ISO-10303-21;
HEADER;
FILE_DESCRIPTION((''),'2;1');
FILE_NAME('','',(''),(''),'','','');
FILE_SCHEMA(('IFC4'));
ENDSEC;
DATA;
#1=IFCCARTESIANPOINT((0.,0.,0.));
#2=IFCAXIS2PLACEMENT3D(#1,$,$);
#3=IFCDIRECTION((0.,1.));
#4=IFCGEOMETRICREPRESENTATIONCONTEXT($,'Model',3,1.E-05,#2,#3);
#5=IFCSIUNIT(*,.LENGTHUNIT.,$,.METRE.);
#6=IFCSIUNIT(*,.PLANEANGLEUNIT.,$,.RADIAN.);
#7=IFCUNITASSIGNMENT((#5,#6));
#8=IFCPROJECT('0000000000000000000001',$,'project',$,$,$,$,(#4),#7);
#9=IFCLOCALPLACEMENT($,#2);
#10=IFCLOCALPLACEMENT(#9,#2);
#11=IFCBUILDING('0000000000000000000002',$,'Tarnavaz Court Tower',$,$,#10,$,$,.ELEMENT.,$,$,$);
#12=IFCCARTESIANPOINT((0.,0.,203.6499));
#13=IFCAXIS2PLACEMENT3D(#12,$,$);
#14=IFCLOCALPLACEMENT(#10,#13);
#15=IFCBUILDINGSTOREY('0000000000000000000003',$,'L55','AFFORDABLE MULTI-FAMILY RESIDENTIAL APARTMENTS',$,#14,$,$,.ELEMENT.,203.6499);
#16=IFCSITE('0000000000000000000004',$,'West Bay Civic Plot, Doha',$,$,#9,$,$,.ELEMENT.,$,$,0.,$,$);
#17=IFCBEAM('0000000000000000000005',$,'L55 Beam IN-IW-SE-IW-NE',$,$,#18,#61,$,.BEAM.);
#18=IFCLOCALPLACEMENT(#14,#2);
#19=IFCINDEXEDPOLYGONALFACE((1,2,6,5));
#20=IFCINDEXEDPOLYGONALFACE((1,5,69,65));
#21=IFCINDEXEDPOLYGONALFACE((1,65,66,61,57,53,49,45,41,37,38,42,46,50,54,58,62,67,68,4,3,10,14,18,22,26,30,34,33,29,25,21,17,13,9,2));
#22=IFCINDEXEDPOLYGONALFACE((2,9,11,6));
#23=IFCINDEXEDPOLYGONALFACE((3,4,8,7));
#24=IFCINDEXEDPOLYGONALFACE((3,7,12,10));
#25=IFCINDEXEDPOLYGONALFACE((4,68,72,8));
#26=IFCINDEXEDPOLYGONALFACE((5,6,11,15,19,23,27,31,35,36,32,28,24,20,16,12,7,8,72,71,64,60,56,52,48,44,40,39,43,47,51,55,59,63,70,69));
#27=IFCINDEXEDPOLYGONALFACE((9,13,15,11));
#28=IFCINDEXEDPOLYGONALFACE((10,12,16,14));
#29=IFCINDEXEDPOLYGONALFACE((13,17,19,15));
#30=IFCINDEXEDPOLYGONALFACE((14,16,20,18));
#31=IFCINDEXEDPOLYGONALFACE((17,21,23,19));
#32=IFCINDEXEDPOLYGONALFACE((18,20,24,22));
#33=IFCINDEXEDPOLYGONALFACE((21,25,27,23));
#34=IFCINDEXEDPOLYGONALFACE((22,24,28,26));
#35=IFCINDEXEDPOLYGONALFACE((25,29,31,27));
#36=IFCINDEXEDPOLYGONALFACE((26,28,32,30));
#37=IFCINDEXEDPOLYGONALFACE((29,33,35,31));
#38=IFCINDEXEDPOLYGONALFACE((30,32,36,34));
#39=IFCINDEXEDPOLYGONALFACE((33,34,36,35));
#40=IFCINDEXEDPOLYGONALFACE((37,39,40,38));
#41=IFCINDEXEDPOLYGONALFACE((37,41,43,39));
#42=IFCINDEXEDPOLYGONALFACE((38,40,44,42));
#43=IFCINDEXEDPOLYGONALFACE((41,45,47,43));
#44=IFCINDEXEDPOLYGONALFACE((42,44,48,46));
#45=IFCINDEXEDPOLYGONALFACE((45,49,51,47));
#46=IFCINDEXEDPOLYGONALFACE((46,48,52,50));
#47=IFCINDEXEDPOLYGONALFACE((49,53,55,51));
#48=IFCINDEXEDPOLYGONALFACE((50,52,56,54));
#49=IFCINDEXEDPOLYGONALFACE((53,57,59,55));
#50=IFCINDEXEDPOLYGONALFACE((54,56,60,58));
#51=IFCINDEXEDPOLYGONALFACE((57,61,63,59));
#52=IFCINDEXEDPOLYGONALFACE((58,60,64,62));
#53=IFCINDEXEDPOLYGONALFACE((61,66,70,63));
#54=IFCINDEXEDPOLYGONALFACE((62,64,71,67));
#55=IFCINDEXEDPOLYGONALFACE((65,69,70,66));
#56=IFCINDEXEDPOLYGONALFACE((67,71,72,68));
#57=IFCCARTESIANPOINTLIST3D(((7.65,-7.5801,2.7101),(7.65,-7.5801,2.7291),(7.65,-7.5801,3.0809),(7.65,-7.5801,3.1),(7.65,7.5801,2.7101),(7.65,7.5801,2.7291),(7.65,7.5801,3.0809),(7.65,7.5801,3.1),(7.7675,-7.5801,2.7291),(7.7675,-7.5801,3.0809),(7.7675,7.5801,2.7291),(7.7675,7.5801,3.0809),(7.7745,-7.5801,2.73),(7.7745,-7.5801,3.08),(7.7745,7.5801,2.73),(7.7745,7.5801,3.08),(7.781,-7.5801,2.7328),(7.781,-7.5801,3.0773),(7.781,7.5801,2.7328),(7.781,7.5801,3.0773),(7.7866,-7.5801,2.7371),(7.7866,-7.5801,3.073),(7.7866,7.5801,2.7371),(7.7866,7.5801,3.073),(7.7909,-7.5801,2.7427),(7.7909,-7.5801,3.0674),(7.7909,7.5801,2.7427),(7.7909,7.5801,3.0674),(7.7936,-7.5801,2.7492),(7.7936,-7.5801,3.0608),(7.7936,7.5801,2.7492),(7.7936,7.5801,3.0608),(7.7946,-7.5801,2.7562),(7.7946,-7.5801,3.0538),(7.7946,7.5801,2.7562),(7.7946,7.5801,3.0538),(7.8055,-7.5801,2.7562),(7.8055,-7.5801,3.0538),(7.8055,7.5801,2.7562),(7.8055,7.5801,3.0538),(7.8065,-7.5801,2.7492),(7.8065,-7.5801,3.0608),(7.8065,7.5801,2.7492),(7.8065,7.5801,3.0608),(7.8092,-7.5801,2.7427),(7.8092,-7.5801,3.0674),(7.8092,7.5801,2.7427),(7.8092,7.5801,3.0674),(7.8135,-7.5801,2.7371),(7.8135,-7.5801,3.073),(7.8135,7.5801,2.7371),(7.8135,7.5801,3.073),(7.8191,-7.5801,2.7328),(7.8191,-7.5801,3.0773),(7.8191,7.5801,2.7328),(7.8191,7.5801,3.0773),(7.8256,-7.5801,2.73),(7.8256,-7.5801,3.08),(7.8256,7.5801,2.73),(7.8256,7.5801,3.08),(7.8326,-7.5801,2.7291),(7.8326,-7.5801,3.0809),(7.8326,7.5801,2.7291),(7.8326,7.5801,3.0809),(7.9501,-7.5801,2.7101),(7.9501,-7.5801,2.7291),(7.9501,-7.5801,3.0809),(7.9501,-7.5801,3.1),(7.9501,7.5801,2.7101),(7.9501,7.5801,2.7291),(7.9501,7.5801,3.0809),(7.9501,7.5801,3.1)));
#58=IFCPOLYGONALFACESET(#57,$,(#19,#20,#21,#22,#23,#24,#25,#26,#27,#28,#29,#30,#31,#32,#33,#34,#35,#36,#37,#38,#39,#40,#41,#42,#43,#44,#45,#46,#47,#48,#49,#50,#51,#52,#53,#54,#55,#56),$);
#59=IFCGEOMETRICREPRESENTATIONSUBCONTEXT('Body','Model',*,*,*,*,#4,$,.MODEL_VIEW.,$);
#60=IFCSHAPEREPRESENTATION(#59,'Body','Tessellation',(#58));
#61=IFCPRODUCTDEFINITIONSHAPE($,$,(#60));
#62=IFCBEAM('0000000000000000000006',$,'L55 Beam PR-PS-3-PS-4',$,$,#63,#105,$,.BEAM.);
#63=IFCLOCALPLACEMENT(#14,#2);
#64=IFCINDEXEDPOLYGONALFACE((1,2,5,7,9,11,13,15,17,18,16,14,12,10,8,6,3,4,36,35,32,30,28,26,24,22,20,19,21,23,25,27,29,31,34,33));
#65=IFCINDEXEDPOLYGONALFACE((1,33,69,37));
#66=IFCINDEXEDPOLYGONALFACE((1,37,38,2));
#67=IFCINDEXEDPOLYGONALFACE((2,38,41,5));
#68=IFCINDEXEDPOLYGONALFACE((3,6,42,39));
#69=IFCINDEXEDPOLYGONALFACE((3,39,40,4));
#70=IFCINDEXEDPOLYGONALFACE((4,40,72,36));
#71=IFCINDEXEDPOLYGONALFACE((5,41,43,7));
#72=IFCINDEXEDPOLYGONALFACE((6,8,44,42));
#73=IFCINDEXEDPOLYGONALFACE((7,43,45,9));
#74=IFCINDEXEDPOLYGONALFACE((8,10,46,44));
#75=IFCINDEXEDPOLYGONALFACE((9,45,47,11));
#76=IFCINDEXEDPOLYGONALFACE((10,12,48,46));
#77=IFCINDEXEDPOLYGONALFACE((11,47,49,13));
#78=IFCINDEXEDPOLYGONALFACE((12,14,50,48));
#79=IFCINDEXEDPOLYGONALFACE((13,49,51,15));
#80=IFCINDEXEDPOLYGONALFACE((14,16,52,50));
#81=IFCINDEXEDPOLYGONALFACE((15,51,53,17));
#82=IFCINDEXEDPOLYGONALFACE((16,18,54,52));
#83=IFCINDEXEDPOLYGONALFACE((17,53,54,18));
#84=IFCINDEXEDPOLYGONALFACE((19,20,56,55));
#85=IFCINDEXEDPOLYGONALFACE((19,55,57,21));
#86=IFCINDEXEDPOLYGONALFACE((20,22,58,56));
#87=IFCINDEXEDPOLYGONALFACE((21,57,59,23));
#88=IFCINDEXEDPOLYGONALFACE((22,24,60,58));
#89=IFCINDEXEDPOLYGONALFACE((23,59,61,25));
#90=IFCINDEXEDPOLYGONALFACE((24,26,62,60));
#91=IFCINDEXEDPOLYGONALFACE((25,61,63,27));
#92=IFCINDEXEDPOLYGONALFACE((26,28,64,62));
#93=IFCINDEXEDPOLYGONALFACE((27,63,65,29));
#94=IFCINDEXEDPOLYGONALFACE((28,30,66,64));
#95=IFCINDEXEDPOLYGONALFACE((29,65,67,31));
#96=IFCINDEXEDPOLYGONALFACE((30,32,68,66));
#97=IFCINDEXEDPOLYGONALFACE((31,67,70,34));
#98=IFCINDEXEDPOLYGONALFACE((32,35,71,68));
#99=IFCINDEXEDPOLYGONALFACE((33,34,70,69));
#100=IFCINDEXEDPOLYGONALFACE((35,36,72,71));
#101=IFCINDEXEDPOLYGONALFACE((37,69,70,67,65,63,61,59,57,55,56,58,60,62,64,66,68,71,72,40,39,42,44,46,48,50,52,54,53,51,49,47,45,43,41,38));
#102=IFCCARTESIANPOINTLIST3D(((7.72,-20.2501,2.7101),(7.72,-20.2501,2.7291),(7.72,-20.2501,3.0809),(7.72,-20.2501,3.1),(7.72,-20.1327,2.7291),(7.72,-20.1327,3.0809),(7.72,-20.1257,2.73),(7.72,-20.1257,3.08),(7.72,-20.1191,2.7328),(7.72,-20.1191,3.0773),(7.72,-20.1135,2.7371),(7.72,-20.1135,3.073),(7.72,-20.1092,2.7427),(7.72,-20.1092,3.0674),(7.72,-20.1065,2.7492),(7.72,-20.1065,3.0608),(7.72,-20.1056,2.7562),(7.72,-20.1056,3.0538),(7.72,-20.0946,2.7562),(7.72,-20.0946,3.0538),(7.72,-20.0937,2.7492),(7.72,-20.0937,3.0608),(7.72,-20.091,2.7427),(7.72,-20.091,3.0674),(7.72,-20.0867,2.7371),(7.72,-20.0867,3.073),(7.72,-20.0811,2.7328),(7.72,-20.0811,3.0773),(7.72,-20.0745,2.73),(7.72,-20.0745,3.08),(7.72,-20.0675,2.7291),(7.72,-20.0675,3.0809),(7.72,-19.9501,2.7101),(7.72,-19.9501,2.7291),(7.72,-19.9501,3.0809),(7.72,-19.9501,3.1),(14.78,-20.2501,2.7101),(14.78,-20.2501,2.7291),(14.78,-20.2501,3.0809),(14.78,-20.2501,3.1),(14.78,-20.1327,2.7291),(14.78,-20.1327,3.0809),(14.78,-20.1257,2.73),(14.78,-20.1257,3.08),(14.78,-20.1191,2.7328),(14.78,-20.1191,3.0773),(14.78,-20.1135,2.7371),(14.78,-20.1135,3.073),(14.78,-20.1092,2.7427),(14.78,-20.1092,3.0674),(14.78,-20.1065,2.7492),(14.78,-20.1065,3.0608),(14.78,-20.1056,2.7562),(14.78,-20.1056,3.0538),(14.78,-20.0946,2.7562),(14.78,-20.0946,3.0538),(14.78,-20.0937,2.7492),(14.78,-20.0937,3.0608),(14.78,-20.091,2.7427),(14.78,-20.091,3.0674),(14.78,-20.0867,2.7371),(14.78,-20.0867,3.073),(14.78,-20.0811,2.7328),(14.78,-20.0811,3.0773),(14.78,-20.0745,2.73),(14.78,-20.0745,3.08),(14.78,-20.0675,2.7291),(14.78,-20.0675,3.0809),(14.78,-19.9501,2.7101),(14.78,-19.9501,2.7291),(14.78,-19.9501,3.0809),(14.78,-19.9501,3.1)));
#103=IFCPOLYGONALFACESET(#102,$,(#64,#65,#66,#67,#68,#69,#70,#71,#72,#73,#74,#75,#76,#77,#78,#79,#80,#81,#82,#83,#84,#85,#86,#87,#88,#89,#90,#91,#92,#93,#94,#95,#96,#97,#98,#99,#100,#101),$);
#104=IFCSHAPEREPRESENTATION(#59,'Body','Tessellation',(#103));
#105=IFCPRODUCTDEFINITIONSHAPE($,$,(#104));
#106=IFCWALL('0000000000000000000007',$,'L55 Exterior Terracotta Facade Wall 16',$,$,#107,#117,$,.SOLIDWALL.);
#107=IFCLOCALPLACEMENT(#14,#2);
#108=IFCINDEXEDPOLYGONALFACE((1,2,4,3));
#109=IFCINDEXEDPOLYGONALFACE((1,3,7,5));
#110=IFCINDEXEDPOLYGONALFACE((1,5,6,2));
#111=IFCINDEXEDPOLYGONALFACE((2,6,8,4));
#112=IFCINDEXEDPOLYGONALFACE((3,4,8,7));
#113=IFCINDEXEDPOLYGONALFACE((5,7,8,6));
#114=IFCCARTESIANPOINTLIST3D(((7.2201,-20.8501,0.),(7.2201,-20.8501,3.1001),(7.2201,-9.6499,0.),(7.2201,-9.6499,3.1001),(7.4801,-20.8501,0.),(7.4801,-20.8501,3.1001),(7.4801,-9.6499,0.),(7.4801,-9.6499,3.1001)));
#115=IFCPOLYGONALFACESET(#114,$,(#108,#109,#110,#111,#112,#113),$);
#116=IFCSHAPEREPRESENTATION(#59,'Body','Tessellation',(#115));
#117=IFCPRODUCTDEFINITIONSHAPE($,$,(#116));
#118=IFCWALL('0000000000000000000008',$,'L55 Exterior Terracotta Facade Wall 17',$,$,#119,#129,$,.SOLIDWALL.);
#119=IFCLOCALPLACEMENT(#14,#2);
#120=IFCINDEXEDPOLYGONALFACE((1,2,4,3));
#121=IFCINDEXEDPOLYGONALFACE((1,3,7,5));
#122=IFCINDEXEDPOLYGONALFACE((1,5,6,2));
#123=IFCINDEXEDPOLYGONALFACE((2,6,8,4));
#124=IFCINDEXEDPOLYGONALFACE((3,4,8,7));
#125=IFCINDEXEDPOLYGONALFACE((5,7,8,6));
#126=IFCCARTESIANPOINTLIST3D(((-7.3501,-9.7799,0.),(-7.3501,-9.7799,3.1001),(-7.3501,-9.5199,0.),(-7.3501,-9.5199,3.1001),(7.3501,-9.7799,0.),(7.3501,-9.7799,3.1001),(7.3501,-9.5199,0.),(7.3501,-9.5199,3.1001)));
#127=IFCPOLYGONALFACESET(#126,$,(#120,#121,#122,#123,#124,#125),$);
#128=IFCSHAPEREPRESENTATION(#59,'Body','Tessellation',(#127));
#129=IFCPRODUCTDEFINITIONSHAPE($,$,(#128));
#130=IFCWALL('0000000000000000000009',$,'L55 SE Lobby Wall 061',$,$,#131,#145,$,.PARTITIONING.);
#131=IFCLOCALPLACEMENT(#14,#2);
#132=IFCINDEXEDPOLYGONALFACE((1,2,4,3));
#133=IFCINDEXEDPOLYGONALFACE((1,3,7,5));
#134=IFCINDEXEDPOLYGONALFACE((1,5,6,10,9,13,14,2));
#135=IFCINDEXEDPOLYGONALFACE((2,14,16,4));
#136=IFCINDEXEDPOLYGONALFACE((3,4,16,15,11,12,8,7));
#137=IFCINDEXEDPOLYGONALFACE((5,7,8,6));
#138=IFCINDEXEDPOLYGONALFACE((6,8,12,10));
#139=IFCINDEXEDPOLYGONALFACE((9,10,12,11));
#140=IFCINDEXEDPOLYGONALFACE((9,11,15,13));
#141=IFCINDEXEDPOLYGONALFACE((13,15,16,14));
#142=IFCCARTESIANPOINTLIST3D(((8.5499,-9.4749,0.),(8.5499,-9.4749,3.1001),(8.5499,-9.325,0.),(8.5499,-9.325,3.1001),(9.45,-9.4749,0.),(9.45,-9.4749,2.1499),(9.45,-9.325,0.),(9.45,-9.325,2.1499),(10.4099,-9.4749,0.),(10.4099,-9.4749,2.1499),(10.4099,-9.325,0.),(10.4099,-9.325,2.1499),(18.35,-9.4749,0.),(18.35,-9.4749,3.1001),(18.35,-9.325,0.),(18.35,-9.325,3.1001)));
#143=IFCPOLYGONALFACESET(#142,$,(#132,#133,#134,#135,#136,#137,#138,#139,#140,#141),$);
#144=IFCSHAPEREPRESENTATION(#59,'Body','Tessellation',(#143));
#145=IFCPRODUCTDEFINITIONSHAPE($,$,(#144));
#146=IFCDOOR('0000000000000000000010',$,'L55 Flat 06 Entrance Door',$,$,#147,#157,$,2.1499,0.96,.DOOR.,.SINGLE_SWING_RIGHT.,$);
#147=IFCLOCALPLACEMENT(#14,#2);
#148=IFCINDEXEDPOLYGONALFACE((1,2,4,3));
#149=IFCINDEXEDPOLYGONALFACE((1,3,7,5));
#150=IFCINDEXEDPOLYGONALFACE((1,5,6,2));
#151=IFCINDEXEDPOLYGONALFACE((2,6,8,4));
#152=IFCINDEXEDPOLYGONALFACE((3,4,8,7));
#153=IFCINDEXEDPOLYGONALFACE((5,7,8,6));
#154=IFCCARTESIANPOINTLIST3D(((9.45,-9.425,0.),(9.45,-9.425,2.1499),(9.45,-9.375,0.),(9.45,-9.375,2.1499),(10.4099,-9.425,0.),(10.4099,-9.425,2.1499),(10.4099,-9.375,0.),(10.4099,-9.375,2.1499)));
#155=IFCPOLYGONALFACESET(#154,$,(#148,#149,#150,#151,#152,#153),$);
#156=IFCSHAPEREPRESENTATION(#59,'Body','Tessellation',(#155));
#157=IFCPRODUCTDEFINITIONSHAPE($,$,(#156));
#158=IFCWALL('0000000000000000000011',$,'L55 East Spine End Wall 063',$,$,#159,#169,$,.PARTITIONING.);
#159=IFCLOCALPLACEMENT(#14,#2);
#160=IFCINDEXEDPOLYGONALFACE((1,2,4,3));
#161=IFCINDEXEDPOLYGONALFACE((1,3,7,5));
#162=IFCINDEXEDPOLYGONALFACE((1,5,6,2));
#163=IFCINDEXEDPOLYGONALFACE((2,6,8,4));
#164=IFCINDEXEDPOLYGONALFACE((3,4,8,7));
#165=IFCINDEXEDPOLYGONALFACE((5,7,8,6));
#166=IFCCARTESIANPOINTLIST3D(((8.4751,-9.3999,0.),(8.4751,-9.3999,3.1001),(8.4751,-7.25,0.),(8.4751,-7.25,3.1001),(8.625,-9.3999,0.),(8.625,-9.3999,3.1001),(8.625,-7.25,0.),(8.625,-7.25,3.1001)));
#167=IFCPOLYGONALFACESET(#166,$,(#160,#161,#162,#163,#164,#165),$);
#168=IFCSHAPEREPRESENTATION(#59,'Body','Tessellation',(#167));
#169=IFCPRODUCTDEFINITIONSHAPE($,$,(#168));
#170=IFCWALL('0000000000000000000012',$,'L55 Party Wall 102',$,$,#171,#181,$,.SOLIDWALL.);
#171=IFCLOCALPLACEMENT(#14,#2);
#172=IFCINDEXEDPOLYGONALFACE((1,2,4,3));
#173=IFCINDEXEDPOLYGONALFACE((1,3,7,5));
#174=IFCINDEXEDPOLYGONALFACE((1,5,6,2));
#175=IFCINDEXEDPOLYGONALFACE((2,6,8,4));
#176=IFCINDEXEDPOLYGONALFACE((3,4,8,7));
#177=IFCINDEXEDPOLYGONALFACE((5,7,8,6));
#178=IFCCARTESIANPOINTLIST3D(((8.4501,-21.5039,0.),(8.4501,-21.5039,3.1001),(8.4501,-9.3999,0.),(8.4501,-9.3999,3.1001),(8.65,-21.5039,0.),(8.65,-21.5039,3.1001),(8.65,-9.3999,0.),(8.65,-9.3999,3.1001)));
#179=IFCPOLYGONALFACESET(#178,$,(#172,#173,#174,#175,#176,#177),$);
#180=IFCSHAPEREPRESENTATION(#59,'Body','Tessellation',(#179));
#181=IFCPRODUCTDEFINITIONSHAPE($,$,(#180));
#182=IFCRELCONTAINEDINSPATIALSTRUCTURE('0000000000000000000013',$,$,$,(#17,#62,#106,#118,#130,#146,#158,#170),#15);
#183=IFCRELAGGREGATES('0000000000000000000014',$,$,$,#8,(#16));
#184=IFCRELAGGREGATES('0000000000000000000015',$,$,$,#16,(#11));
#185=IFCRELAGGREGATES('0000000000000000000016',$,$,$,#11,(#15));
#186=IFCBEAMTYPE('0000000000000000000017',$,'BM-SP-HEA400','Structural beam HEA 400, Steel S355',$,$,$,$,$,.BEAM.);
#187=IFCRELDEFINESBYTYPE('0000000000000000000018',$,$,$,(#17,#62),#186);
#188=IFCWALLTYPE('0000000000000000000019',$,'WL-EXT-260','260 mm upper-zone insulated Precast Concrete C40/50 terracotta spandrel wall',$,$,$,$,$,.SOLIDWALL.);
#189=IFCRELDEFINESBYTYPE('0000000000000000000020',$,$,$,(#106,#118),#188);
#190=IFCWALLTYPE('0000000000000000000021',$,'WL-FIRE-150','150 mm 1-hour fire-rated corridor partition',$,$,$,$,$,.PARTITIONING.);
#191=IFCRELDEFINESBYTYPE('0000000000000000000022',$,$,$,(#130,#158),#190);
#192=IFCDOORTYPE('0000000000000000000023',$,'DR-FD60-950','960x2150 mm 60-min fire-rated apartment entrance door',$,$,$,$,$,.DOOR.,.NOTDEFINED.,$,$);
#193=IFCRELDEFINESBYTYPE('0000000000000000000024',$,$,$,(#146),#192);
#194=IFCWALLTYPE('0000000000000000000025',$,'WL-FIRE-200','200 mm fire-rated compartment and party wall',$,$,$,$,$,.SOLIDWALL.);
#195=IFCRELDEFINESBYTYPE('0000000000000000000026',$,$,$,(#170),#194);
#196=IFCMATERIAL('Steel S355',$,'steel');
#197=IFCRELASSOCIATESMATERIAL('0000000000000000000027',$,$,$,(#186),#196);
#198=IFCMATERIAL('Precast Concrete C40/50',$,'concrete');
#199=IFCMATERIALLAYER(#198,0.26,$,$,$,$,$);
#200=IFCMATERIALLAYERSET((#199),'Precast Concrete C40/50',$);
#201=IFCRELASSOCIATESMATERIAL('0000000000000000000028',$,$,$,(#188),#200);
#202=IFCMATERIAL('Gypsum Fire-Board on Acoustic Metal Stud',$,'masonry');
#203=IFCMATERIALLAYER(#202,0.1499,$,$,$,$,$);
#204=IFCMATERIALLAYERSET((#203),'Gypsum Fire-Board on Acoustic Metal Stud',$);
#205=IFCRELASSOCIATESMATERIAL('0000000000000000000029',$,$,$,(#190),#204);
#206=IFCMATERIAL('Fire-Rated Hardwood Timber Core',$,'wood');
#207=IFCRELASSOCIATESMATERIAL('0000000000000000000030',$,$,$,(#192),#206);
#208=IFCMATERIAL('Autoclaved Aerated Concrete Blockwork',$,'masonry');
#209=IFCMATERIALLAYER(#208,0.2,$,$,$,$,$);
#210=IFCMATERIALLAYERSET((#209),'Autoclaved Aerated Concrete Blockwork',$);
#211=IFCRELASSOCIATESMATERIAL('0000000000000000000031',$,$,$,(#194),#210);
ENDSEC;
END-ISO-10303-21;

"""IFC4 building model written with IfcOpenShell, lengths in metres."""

from ifc_helpers import new_model, si_unit, direction, frame, frame_2d, origin, origin_2d, place, context, subcontext, project, spatial, rectangle, i_section, extrude, material, layer, layer_set, material_profile, profile_set, type_object, element, fill, save


model = new_model("IFC4")

# Units and contexts
model_context = context("Model", 3, precision=1e-05, world=origin(), true_north=direction((0.0, 1.0)))
body_context = subcontext(model_context, "Body", "Model", "MODEL_VIEW")
ifc_project = project(units=[si_unit("LENGTHUNIT", "METRE"), si_unit("PLANEANGLEUNIT", "RADIAN")], contexts=[model_context])

# Site, building, storey
site_placement = place(None, origin())
site = spatial("IfcSite", under=ifc_project, at=site_placement, Name="West Bay Civic Plot, Doha", CompositionType="ELEMENT", RefElevation=0.0)
building_placement = place(site_placement, origin())
building = spatial("IfcBuilding", under=site, at=building_placement, Name="Tarnavaz Court Tower", CompositionType="ELEMENT")
storey_placement = place(building_placement, frame((0.0, 0.0, 203.6499)))
storey = spatial("IfcBuildingStorey", under=building, at=storey_placement, Name="L55", Description="AFFORDABLE MULTI-FAMILY RESIDENTIAL APARTMENTS", CompositionType="ELEMENT", Elevation=203.6499)

# Beams
ifc_material_1 = material(Name="Steel S355", Category="steel")
ifc_material_profile_1 = material_profile(ifc_material_1, i_section(OverallWidth=0.3, OverallDepth=0.3899, WebThickness=0.011, FlangeThickness=0.019, FilletRadius=0.0271, at=origin_2d()), Name="HEA 400")
ifc_profile_set_1 = profile_set([ifc_material_profile_1], Name="Steel S355")
beam_type_1 = type_object("IfcBeamType", Name="BM-SP-HEA400", Description="Structural beam HEA 400, Steel S355", PredefinedType="BEAM", material=ifc_profile_set_1)
beam_1_placement = place(storey_placement, frame((7.8, -7.5801, 2.905), z_axis=(0.0, 1.0, 0.0), x_axis=(-1.0, 0.0, 0.0)))
element("IfcBeam", 1, at=beam_1_placement, inside=storey, type_object=beam_type_1, Name="L55 Beam IN-IW-SE-IW-NE", PredefinedType="BEAM", context=body_context, shape_type="SweptSolid", body=[
    extrude(i_section(OverallWidth=0.3, OverallDepth=0.3899, WebThickness=0.011, FlangeThickness=0.019, FilletRadius=0.0271, at=origin_2d()), origin(), (0.0, 0.0, 1.0), 15.1602),
])
beam_2_placement = place(storey_placement, frame((7.72, -20.1001, 2.905), z_axis=(1.0, 0.0, 0.0), x_axis=(0.0, 1.0, 0.0)))
element("IfcBeam", 2, at=beam_2_placement, inside=storey, type_object=beam_type_1, Name="L55 Beam PR-PS-3-PS-4", PredefinedType="BEAM", context=body_context, shape_type="SweptSolid", body=[
    extrude(i_section(OverallWidth=0.3, OverallDepth=0.3899, WebThickness=0.011, FlangeThickness=0.019, FilletRadius=0.0271, at=origin_2d()), origin(), (0.0, 0.0, 1.0), 7.0601),
])

# Walls
ifc_material_2 = material(Name="Precast Concrete C40/50", Category="concrete")
ifc_layer_1 = layer(ifc_material_2, 0.26)
ifc_layer_set_1 = layer_set([ifc_layer_1], Name="Precast Concrete C40/50")
wall_type_1 = type_object("IfcWallType", Name="WL-EXT-260", Description="260 mm upper-zone insulated Precast Concrete C40/50 terracotta spandrel wall", PredefinedType="SOLIDWALL", material=ifc_layer_set_1)
wall_1_placement = place(storey_placement, frame((7.3501, -20.8501, 0.0), z_axis=(0.0, 0.0, 1.0), x_axis=(0.0, 1.0, 0.0)))
element("IfcWall", 3, at=wall_1_placement, inside=storey, type_object=wall_type_1, Name="L55 Exterior Terracotta Facade Wall 16", PredefinedType="SOLIDWALL", context=body_context, shape_type="SweptSolid", body=[
    extrude(rectangle(XDim=11.2002, YDim=0.26, at=frame_2d((5.6001, 0.0))), origin(), (0.0, 0.0, 1.0), 3.1001),
])
wall_2_placement = place(storey_placement, frame((7.3501, -9.6499, 0.0), z_axis=(0.0, 0.0, 1.0), x_axis=(-1.0, 0.0, 0.0)))
element("IfcWall", 4, at=wall_2_placement, inside=storey, type_object=wall_type_1, Name="L55 Exterior Terracotta Facade Wall 17", PredefinedType="SOLIDWALL", context=body_context, shape_type="SweptSolid", body=[
    extrude(rectangle(XDim=14.7002, YDim=0.26, at=frame_2d((7.3501, 0.0))), origin(), (0.0, 0.0, 1.0), 3.1001),
])

# Wall, opening, door
ifc_material_3 = material(Name="Gypsum Fire-Board on Acoustic Metal Stud", Category="masonry")
ifc_layer_2 = layer(ifc_material_3, 0.1499)
ifc_layer_set_2 = layer_set([ifc_layer_2], Name="Gypsum Fire-Board on Acoustic Metal Stud")
wall_type_2 = type_object("IfcWallType", Name="WL-FIRE-150", Description="150 mm 1-hour fire-rated corridor partition", PredefinedType="PARTITIONING", material=ifc_layer_set_2)
wall_3_placement = place(storey_placement, frame((8.55, -9.3999, 0.0), z_axis=(0.0, 0.0, 1.0), x_axis=(1.0, 0.0, 0.0)))
wall_3 = element("IfcWall", 5, at=wall_3_placement, inside=storey, type_object=wall_type_2, Name="L55 SE Lobby Wall 061", PredefinedType="PARTITIONING", context=body_context, shape_type="SweptSolid", body=[
    extrude(rectangle(XDim=9.8, YDim=0.1499, at=frame_2d((4.8999, 0.0))), origin(), (0.0, 0.0, 1.0), 3.1001),
])
opening_1_placement = place(wall_3_placement, frame((0.8999, 0.0, 0.0)))
opening_1 = element("IfcOpeningElement", 6, at=opening_1_placement, cuts=wall_3, PredefinedType="OPENING", context=body_context, shape_type="SweptSolid", body=[
    extrude(rectangle(XDim=0.96, YDim=2.1499, at=frame_2d((0.48, 1.075))), frame((0.0, 0.085, 0.0), z_axis=(0.0, -1.0, 0.0), x_axis=(1.0, 0.0, 0.0)), (0.0, 0.0, 1.0), 0.1699),
])
ifc_material_4 = material(Name="Fire-Rated Hardwood Timber Core", Category="wood")
door_type_1 = type_object("IfcDoorType", Name="DR-FD60-950", Description="960x2150 mm 60-min fire-rated apartment entrance door", OperationType="NOTDEFINED", PredefinedType="DOOR", material=ifc_material_4)
door_1_placement = place(opening_1_placement, origin())
door_1 = element("IfcDoor", 7, at=door_1_placement, inside=storey, type_object=door_type_1, Name="L55 Flat 06 Entrance Door", OperationType="SINGLE_SWING_RIGHT", OverallHeight=2.1499, OverallWidth=0.96, PredefinedType="DOOR", context=body_context, shape_type="SweptSolid", body=[
    extrude(rectangle(XDim=0.96, YDim=2.1499, at=frame_2d((0.48, 1.075))), frame((0.0, 0.0249, 0.0), z_axis=(0.0, -1.0, 0.0), x_axis=(1.0, 0.0, 0.0)), (0.0, 0.0, 1.0), 0.05),
])
fill(opening_1, door_1)

# Walls
wall_4_placement = place(storey_placement, frame((8.55, -9.3999, 0.0), z_axis=(0.0, 0.0, 1.0), x_axis=(0.0, 1.0, 0.0)))
element("IfcWall", 8, at=wall_4_placement, inside=storey, type_object=wall_type_2, Name="L55 East Spine End Wall 063", PredefinedType="PARTITIONING", context=body_context, shape_type="SweptSolid", body=[
    extrude(rectangle(XDim=2.1499, YDim=0.1499, at=frame_2d((1.075, 0.0))), origin(), (0.0, 0.0, 1.0), 3.1001),
])
ifc_material_5 = material(Name="Autoclaved Aerated Concrete Blockwork", Category="masonry")
ifc_layer_3 = layer(ifc_material_5, 0.2)
ifc_layer_set_3 = layer_set([ifc_layer_3], Name="Autoclaved Aerated Concrete Blockwork")
wall_type_3 = type_object("IfcWallType", Name="WL-FIRE-200", Description="200 mm fire-rated compartment and party wall", PredefinedType="SOLIDWALL", material=ifc_layer_set_3)
wall_5_placement = place(storey_placement, frame((8.55, -21.5039, 0.0), z_axis=(0.0, 0.0, 1.0), x_axis=(0.0, 1.0, 0.0)))
element("IfcWall", 9, at=wall_5_placement, inside=storey, type_object=wall_type_3, Name="L55 Party Wall 102", PredefinedType="SOLIDWALL", context=body_context, shape_type="SweptSolid", body=[
    extrude(rectangle(XDim=12.104, YDim=0.2, at=frame_2d((6.052, 0.0))), origin(), (0.0, 0.0, 1.0), 3.1001),
])

save(model, "model.ifc")
